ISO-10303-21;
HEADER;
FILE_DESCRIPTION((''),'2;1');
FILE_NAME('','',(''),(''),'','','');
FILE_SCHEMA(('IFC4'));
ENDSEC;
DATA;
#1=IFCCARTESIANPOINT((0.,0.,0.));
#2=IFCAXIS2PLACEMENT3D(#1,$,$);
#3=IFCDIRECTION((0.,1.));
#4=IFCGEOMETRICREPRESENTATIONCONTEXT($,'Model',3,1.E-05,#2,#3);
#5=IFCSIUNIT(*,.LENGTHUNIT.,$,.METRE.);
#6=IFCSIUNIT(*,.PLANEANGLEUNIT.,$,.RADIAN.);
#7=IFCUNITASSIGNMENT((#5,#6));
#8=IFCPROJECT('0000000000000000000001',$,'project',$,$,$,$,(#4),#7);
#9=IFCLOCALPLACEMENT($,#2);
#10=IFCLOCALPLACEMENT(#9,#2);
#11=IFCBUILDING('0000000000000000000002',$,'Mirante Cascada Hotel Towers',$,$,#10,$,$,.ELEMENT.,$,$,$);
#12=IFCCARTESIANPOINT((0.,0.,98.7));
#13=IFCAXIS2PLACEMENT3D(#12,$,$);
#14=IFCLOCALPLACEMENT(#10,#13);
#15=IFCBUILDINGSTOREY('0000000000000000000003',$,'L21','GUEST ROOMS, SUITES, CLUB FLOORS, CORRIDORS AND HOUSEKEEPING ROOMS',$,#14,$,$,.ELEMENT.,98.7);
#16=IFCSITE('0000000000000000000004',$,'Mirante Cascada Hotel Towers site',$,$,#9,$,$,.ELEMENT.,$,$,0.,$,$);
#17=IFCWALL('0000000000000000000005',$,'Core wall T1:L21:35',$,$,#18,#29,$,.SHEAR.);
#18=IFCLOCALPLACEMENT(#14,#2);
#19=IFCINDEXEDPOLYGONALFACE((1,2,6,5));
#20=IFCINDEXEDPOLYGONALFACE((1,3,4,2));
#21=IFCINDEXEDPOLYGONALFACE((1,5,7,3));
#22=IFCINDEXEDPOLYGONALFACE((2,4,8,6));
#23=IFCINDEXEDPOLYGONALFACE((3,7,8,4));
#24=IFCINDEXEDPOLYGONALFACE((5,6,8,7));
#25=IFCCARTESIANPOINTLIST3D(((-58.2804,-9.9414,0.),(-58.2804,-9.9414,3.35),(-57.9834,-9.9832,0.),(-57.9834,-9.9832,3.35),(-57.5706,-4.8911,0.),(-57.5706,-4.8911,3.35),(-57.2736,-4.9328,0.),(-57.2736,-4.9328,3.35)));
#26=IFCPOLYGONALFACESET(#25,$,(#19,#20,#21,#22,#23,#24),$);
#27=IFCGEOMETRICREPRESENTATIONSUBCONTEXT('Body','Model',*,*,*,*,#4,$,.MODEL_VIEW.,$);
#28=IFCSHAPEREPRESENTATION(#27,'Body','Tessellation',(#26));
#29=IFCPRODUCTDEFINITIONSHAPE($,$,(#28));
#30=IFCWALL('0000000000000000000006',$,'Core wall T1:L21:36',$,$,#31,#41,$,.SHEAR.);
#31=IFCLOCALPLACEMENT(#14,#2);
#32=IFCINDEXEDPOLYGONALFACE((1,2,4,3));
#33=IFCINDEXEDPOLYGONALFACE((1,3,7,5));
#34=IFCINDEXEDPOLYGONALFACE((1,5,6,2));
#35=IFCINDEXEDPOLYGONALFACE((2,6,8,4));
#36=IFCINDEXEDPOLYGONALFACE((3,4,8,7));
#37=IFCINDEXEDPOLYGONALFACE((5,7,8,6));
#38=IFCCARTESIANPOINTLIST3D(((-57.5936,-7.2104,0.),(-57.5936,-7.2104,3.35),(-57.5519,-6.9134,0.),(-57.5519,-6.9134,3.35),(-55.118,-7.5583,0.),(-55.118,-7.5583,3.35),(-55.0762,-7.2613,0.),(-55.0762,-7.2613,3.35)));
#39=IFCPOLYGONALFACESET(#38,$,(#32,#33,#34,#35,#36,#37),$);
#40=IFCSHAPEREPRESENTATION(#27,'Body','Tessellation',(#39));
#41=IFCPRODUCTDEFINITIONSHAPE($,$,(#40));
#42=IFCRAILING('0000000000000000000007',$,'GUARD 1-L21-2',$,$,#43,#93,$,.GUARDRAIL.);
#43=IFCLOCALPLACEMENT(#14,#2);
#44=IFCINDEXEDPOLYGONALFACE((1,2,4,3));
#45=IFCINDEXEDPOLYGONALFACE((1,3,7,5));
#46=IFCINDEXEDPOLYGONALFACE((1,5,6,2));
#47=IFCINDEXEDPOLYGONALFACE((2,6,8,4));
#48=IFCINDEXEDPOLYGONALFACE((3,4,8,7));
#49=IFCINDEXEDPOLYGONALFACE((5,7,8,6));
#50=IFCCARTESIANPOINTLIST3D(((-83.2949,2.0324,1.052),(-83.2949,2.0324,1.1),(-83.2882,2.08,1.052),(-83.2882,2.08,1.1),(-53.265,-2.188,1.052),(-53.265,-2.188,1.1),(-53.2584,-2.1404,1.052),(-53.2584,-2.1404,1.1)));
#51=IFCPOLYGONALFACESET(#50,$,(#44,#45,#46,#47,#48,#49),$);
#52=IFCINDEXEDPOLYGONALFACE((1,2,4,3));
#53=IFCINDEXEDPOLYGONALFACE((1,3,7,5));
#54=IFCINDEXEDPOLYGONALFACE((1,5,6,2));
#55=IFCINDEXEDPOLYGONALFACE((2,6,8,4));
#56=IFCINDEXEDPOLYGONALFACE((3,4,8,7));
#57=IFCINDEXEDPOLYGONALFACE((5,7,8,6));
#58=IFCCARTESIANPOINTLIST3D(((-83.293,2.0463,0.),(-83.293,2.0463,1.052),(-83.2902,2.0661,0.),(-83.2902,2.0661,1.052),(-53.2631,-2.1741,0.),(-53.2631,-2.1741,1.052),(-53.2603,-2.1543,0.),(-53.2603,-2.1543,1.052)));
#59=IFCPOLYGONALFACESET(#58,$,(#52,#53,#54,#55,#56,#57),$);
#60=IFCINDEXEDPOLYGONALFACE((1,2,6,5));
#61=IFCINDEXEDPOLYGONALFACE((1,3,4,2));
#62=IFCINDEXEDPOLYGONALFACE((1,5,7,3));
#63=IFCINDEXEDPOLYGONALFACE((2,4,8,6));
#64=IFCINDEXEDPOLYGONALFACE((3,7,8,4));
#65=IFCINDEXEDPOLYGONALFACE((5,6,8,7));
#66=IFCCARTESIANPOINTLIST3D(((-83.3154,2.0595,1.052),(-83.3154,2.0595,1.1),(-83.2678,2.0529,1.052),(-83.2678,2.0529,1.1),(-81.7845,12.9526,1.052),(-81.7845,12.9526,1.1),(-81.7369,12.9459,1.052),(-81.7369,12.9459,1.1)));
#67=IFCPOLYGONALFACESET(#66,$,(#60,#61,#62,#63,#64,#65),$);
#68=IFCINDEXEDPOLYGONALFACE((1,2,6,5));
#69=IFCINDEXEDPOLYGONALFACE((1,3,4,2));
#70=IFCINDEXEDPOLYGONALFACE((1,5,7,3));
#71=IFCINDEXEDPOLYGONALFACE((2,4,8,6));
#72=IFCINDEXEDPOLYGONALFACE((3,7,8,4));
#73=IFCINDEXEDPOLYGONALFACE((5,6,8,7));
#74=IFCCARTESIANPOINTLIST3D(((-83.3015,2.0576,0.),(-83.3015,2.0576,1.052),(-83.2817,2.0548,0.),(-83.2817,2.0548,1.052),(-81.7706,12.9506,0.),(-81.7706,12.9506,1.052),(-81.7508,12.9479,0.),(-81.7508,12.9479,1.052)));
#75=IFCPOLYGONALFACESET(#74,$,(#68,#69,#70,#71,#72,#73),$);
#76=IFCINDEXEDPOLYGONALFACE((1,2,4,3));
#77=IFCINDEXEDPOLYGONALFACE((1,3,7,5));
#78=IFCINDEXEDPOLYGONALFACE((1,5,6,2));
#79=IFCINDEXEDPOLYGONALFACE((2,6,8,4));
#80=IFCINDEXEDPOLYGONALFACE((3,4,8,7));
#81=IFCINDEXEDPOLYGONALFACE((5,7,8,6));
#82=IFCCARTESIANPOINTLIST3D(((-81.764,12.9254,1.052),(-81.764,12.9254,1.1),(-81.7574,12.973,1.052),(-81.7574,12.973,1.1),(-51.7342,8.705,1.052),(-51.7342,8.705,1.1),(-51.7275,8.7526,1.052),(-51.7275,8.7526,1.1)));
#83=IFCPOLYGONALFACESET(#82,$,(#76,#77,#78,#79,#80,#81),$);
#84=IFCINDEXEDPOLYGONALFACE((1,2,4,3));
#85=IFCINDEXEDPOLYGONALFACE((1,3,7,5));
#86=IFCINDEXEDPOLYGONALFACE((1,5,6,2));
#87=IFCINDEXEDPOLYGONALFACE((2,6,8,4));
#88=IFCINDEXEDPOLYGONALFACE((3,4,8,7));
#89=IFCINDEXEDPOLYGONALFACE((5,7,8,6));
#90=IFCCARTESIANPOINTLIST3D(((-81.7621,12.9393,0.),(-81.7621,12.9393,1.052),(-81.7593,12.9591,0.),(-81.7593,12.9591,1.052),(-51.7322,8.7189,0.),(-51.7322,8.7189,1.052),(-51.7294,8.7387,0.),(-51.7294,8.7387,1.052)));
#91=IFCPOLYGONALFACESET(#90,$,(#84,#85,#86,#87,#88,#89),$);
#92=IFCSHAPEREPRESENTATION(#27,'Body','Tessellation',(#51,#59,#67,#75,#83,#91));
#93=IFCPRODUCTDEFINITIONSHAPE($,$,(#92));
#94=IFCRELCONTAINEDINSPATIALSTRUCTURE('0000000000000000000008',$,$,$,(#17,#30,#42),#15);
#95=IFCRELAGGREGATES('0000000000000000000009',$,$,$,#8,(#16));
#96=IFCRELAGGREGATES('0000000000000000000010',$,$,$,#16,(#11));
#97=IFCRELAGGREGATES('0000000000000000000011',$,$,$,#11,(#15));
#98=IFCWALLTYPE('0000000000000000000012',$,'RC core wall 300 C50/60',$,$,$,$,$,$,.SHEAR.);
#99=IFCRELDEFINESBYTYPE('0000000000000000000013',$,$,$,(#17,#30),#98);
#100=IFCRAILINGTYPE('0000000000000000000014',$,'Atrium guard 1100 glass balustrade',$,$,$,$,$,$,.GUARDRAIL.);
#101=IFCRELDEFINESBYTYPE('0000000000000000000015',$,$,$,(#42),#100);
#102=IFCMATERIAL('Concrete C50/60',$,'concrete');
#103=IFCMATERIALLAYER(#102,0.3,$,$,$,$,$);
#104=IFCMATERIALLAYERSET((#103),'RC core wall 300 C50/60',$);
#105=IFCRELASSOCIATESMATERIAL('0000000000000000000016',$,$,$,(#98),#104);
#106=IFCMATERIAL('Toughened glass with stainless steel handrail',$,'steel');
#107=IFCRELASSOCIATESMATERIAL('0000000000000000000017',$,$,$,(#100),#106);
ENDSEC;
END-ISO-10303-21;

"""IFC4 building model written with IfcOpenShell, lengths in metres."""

from ifc_helpers import new_model, si_unit, direction, frame, frame_2d, origin, origin_2d, place, context, subcontext, project, spatial, rectangle, extrude, material, layer, layer_set, type_object, element, save


model = new_model("IFC4")

# Units and contexts
model_context = context("Model", 3, precision=1e-05, world=origin(), true_north=direction((0.0, 1.0)))
body_context = subcontext(model_context, "Body", "Model", "MODEL_VIEW")
ifc_project = project(units=[si_unit("LENGTHUNIT", "METRE"), si_unit("PLANEANGLEUNIT", "RADIAN")], contexts=[model_context])

# Site, building, storey
site_placement = place(None, origin())
site = spatial("IfcSite", under=ifc_project, at=site_placement, Name="Mirante Cascada Hotel Towers site", CompositionType="ELEMENT", RefElevation=0.0)
building_placement = place(site_placement, origin())
building = spatial("IfcBuilding", under=site, at=building_placement, Name="Mirante Cascada Hotel Towers", CompositionType="ELEMENT")
storey_placement = place(building_placement, frame((0.0, 0.0, 98.7)))
storey = spatial("IfcBuildingStorey", under=building, at=storey_placement, Name="L21", Description="GUEST ROOMS, SUITES, CLUB FLOORS, CORRIDORS AND HOUSEKEEPING ROOMS", CompositionType="ELEMENT", Elevation=98.7)

# Shared definitions
ifc_material_1 = material(Name="Concrete C50/60", Category="concrete")
ifc_layer_1 = layer(ifc_material_1, 0.3)
ifc_layer_set_1 = layer_set([ifc_layer_1], Name="RC core wall 300 C50/60")
wall_type_1 = type_object("IfcWallType", Name="RC core wall 300 C50/60", PredefinedType="SHEAR", material=ifc_layer_set_1)

# Walls
for number, where, z_axis, x_axis, name in (
    (1, (-58.1319, -9.9623, 0.0), (0.0, 0.0, 1.0), (0.139176, 0.990268, 0.0), "Core wall T1:L21:35"),
):
    element("IfcWall", number, at=place(storey_placement, frame(where, z_axis=z_axis, x_axis=x_axis)), inside=storey, type_object=wall_type_1, Name=name, PredefinedType="SHEAR", context=body_context, shape_type="SweptSolid", body=[
        extrude(rectangle(XDim=5.1, YDim=0.3, at=frame_2d((2.55, 0.0))), origin(), (0.0, 0.0, 1.0), 3.35),
    ])
wall_1_placement = place(storey_placement, frame((-55.0971, -7.4098, 0.0), z_axis=(0.0, 0.0, 1.0), x_axis=(-0.99027, 0.139159, 0.0)))
element("IfcWall", 2, at=wall_1_placement, inside=storey, type_object=wall_type_1, Name="Core wall T1:L21:36", PredefinedType="SHEAR", context=body_context, shape_type="SweptSolid", body=[
    extrude(rectangle(XDim=2.5, YDim=0.3, at=frame_2d((1.25, 0.0))), origin(), (0.0, 0.0, 1.0), 3.35),
])

# Railing
ifc_material_2 = material(Name="Toughened glass with stainless steel handrail", Category="steel")
railing_type = type_object("IfcRailingType", Name="Atrium guard 1100 glass balustrade", PredefinedType="GUARDRAIL", material=ifc_material_2)
railing_placement = place(storey_placement, frame((-53.2617, -2.1642, 0.0)))
element("IfcRailing", 3, at=railing_placement, inside=storey, type_object=railing_type, Name="GUARD 1-L21-2", PredefinedType="GUARDRAIL", context=body_context, shape_type="SweptSolid", body=[
    extrude(rectangle(XDim=0.048, YDim=0.048, at=origin_2d()), frame((0.0, 0.0, 1.076), z_axis=(-0.990268, 0.139172, 0.0), x_axis=(-0.139172, -0.990268, 0.0)), (0.0, 0.0, 1.0), 30.325),
    extrude(rectangle(XDim=0.02, YDim=1.052, at=origin_2d()), frame((0.0, 0.0, 0.526), z_axis=(-0.990268, 0.139172, 0.0), x_axis=(-0.139172, -0.990268, 0.0)), (0.0, 0.0, 1.0), 30.325),
    extrude(rectangle(XDim=0.048, YDim=0.048, at=origin_2d()), frame((-30.0299, 4.2204, 1.076), z_axis=(0.139172, 0.990268, 0.0), x_axis=(-0.990268, 0.139172, 0.0)), (0.0, 0.0, 1.0), 11.0001),
    extrude(rectangle(XDim=0.02, YDim=1.052, at=origin_2d()), frame((-30.0299, 4.2204, 0.526), z_axis=(0.139172, 0.990268, 0.0), x_axis=(-0.990268, 0.139172, 0.0)), (0.0, 0.0, 1.0), 11.0001),
    extrude(rectangle(XDim=0.048, YDim=0.048, at=origin_2d()), frame((-28.499, 15.1134, 1.076), z_axis=(0.990268, -0.139172, 0.0), x_axis=(0.139172, 0.990268, 0.0)), (0.0, 0.0, 1.0), 30.325),
    extrude(rectangle(XDim=0.02, YDim=1.052, at=origin_2d()), frame((-28.499, 15.1134, 0.526), z_axis=(0.990268, -0.139172, 0.0), x_axis=(0.139172, 0.990268, 0.0)), (0.0, 0.0, 1.0), 30.325),
])

save(model, "model.ifc")
